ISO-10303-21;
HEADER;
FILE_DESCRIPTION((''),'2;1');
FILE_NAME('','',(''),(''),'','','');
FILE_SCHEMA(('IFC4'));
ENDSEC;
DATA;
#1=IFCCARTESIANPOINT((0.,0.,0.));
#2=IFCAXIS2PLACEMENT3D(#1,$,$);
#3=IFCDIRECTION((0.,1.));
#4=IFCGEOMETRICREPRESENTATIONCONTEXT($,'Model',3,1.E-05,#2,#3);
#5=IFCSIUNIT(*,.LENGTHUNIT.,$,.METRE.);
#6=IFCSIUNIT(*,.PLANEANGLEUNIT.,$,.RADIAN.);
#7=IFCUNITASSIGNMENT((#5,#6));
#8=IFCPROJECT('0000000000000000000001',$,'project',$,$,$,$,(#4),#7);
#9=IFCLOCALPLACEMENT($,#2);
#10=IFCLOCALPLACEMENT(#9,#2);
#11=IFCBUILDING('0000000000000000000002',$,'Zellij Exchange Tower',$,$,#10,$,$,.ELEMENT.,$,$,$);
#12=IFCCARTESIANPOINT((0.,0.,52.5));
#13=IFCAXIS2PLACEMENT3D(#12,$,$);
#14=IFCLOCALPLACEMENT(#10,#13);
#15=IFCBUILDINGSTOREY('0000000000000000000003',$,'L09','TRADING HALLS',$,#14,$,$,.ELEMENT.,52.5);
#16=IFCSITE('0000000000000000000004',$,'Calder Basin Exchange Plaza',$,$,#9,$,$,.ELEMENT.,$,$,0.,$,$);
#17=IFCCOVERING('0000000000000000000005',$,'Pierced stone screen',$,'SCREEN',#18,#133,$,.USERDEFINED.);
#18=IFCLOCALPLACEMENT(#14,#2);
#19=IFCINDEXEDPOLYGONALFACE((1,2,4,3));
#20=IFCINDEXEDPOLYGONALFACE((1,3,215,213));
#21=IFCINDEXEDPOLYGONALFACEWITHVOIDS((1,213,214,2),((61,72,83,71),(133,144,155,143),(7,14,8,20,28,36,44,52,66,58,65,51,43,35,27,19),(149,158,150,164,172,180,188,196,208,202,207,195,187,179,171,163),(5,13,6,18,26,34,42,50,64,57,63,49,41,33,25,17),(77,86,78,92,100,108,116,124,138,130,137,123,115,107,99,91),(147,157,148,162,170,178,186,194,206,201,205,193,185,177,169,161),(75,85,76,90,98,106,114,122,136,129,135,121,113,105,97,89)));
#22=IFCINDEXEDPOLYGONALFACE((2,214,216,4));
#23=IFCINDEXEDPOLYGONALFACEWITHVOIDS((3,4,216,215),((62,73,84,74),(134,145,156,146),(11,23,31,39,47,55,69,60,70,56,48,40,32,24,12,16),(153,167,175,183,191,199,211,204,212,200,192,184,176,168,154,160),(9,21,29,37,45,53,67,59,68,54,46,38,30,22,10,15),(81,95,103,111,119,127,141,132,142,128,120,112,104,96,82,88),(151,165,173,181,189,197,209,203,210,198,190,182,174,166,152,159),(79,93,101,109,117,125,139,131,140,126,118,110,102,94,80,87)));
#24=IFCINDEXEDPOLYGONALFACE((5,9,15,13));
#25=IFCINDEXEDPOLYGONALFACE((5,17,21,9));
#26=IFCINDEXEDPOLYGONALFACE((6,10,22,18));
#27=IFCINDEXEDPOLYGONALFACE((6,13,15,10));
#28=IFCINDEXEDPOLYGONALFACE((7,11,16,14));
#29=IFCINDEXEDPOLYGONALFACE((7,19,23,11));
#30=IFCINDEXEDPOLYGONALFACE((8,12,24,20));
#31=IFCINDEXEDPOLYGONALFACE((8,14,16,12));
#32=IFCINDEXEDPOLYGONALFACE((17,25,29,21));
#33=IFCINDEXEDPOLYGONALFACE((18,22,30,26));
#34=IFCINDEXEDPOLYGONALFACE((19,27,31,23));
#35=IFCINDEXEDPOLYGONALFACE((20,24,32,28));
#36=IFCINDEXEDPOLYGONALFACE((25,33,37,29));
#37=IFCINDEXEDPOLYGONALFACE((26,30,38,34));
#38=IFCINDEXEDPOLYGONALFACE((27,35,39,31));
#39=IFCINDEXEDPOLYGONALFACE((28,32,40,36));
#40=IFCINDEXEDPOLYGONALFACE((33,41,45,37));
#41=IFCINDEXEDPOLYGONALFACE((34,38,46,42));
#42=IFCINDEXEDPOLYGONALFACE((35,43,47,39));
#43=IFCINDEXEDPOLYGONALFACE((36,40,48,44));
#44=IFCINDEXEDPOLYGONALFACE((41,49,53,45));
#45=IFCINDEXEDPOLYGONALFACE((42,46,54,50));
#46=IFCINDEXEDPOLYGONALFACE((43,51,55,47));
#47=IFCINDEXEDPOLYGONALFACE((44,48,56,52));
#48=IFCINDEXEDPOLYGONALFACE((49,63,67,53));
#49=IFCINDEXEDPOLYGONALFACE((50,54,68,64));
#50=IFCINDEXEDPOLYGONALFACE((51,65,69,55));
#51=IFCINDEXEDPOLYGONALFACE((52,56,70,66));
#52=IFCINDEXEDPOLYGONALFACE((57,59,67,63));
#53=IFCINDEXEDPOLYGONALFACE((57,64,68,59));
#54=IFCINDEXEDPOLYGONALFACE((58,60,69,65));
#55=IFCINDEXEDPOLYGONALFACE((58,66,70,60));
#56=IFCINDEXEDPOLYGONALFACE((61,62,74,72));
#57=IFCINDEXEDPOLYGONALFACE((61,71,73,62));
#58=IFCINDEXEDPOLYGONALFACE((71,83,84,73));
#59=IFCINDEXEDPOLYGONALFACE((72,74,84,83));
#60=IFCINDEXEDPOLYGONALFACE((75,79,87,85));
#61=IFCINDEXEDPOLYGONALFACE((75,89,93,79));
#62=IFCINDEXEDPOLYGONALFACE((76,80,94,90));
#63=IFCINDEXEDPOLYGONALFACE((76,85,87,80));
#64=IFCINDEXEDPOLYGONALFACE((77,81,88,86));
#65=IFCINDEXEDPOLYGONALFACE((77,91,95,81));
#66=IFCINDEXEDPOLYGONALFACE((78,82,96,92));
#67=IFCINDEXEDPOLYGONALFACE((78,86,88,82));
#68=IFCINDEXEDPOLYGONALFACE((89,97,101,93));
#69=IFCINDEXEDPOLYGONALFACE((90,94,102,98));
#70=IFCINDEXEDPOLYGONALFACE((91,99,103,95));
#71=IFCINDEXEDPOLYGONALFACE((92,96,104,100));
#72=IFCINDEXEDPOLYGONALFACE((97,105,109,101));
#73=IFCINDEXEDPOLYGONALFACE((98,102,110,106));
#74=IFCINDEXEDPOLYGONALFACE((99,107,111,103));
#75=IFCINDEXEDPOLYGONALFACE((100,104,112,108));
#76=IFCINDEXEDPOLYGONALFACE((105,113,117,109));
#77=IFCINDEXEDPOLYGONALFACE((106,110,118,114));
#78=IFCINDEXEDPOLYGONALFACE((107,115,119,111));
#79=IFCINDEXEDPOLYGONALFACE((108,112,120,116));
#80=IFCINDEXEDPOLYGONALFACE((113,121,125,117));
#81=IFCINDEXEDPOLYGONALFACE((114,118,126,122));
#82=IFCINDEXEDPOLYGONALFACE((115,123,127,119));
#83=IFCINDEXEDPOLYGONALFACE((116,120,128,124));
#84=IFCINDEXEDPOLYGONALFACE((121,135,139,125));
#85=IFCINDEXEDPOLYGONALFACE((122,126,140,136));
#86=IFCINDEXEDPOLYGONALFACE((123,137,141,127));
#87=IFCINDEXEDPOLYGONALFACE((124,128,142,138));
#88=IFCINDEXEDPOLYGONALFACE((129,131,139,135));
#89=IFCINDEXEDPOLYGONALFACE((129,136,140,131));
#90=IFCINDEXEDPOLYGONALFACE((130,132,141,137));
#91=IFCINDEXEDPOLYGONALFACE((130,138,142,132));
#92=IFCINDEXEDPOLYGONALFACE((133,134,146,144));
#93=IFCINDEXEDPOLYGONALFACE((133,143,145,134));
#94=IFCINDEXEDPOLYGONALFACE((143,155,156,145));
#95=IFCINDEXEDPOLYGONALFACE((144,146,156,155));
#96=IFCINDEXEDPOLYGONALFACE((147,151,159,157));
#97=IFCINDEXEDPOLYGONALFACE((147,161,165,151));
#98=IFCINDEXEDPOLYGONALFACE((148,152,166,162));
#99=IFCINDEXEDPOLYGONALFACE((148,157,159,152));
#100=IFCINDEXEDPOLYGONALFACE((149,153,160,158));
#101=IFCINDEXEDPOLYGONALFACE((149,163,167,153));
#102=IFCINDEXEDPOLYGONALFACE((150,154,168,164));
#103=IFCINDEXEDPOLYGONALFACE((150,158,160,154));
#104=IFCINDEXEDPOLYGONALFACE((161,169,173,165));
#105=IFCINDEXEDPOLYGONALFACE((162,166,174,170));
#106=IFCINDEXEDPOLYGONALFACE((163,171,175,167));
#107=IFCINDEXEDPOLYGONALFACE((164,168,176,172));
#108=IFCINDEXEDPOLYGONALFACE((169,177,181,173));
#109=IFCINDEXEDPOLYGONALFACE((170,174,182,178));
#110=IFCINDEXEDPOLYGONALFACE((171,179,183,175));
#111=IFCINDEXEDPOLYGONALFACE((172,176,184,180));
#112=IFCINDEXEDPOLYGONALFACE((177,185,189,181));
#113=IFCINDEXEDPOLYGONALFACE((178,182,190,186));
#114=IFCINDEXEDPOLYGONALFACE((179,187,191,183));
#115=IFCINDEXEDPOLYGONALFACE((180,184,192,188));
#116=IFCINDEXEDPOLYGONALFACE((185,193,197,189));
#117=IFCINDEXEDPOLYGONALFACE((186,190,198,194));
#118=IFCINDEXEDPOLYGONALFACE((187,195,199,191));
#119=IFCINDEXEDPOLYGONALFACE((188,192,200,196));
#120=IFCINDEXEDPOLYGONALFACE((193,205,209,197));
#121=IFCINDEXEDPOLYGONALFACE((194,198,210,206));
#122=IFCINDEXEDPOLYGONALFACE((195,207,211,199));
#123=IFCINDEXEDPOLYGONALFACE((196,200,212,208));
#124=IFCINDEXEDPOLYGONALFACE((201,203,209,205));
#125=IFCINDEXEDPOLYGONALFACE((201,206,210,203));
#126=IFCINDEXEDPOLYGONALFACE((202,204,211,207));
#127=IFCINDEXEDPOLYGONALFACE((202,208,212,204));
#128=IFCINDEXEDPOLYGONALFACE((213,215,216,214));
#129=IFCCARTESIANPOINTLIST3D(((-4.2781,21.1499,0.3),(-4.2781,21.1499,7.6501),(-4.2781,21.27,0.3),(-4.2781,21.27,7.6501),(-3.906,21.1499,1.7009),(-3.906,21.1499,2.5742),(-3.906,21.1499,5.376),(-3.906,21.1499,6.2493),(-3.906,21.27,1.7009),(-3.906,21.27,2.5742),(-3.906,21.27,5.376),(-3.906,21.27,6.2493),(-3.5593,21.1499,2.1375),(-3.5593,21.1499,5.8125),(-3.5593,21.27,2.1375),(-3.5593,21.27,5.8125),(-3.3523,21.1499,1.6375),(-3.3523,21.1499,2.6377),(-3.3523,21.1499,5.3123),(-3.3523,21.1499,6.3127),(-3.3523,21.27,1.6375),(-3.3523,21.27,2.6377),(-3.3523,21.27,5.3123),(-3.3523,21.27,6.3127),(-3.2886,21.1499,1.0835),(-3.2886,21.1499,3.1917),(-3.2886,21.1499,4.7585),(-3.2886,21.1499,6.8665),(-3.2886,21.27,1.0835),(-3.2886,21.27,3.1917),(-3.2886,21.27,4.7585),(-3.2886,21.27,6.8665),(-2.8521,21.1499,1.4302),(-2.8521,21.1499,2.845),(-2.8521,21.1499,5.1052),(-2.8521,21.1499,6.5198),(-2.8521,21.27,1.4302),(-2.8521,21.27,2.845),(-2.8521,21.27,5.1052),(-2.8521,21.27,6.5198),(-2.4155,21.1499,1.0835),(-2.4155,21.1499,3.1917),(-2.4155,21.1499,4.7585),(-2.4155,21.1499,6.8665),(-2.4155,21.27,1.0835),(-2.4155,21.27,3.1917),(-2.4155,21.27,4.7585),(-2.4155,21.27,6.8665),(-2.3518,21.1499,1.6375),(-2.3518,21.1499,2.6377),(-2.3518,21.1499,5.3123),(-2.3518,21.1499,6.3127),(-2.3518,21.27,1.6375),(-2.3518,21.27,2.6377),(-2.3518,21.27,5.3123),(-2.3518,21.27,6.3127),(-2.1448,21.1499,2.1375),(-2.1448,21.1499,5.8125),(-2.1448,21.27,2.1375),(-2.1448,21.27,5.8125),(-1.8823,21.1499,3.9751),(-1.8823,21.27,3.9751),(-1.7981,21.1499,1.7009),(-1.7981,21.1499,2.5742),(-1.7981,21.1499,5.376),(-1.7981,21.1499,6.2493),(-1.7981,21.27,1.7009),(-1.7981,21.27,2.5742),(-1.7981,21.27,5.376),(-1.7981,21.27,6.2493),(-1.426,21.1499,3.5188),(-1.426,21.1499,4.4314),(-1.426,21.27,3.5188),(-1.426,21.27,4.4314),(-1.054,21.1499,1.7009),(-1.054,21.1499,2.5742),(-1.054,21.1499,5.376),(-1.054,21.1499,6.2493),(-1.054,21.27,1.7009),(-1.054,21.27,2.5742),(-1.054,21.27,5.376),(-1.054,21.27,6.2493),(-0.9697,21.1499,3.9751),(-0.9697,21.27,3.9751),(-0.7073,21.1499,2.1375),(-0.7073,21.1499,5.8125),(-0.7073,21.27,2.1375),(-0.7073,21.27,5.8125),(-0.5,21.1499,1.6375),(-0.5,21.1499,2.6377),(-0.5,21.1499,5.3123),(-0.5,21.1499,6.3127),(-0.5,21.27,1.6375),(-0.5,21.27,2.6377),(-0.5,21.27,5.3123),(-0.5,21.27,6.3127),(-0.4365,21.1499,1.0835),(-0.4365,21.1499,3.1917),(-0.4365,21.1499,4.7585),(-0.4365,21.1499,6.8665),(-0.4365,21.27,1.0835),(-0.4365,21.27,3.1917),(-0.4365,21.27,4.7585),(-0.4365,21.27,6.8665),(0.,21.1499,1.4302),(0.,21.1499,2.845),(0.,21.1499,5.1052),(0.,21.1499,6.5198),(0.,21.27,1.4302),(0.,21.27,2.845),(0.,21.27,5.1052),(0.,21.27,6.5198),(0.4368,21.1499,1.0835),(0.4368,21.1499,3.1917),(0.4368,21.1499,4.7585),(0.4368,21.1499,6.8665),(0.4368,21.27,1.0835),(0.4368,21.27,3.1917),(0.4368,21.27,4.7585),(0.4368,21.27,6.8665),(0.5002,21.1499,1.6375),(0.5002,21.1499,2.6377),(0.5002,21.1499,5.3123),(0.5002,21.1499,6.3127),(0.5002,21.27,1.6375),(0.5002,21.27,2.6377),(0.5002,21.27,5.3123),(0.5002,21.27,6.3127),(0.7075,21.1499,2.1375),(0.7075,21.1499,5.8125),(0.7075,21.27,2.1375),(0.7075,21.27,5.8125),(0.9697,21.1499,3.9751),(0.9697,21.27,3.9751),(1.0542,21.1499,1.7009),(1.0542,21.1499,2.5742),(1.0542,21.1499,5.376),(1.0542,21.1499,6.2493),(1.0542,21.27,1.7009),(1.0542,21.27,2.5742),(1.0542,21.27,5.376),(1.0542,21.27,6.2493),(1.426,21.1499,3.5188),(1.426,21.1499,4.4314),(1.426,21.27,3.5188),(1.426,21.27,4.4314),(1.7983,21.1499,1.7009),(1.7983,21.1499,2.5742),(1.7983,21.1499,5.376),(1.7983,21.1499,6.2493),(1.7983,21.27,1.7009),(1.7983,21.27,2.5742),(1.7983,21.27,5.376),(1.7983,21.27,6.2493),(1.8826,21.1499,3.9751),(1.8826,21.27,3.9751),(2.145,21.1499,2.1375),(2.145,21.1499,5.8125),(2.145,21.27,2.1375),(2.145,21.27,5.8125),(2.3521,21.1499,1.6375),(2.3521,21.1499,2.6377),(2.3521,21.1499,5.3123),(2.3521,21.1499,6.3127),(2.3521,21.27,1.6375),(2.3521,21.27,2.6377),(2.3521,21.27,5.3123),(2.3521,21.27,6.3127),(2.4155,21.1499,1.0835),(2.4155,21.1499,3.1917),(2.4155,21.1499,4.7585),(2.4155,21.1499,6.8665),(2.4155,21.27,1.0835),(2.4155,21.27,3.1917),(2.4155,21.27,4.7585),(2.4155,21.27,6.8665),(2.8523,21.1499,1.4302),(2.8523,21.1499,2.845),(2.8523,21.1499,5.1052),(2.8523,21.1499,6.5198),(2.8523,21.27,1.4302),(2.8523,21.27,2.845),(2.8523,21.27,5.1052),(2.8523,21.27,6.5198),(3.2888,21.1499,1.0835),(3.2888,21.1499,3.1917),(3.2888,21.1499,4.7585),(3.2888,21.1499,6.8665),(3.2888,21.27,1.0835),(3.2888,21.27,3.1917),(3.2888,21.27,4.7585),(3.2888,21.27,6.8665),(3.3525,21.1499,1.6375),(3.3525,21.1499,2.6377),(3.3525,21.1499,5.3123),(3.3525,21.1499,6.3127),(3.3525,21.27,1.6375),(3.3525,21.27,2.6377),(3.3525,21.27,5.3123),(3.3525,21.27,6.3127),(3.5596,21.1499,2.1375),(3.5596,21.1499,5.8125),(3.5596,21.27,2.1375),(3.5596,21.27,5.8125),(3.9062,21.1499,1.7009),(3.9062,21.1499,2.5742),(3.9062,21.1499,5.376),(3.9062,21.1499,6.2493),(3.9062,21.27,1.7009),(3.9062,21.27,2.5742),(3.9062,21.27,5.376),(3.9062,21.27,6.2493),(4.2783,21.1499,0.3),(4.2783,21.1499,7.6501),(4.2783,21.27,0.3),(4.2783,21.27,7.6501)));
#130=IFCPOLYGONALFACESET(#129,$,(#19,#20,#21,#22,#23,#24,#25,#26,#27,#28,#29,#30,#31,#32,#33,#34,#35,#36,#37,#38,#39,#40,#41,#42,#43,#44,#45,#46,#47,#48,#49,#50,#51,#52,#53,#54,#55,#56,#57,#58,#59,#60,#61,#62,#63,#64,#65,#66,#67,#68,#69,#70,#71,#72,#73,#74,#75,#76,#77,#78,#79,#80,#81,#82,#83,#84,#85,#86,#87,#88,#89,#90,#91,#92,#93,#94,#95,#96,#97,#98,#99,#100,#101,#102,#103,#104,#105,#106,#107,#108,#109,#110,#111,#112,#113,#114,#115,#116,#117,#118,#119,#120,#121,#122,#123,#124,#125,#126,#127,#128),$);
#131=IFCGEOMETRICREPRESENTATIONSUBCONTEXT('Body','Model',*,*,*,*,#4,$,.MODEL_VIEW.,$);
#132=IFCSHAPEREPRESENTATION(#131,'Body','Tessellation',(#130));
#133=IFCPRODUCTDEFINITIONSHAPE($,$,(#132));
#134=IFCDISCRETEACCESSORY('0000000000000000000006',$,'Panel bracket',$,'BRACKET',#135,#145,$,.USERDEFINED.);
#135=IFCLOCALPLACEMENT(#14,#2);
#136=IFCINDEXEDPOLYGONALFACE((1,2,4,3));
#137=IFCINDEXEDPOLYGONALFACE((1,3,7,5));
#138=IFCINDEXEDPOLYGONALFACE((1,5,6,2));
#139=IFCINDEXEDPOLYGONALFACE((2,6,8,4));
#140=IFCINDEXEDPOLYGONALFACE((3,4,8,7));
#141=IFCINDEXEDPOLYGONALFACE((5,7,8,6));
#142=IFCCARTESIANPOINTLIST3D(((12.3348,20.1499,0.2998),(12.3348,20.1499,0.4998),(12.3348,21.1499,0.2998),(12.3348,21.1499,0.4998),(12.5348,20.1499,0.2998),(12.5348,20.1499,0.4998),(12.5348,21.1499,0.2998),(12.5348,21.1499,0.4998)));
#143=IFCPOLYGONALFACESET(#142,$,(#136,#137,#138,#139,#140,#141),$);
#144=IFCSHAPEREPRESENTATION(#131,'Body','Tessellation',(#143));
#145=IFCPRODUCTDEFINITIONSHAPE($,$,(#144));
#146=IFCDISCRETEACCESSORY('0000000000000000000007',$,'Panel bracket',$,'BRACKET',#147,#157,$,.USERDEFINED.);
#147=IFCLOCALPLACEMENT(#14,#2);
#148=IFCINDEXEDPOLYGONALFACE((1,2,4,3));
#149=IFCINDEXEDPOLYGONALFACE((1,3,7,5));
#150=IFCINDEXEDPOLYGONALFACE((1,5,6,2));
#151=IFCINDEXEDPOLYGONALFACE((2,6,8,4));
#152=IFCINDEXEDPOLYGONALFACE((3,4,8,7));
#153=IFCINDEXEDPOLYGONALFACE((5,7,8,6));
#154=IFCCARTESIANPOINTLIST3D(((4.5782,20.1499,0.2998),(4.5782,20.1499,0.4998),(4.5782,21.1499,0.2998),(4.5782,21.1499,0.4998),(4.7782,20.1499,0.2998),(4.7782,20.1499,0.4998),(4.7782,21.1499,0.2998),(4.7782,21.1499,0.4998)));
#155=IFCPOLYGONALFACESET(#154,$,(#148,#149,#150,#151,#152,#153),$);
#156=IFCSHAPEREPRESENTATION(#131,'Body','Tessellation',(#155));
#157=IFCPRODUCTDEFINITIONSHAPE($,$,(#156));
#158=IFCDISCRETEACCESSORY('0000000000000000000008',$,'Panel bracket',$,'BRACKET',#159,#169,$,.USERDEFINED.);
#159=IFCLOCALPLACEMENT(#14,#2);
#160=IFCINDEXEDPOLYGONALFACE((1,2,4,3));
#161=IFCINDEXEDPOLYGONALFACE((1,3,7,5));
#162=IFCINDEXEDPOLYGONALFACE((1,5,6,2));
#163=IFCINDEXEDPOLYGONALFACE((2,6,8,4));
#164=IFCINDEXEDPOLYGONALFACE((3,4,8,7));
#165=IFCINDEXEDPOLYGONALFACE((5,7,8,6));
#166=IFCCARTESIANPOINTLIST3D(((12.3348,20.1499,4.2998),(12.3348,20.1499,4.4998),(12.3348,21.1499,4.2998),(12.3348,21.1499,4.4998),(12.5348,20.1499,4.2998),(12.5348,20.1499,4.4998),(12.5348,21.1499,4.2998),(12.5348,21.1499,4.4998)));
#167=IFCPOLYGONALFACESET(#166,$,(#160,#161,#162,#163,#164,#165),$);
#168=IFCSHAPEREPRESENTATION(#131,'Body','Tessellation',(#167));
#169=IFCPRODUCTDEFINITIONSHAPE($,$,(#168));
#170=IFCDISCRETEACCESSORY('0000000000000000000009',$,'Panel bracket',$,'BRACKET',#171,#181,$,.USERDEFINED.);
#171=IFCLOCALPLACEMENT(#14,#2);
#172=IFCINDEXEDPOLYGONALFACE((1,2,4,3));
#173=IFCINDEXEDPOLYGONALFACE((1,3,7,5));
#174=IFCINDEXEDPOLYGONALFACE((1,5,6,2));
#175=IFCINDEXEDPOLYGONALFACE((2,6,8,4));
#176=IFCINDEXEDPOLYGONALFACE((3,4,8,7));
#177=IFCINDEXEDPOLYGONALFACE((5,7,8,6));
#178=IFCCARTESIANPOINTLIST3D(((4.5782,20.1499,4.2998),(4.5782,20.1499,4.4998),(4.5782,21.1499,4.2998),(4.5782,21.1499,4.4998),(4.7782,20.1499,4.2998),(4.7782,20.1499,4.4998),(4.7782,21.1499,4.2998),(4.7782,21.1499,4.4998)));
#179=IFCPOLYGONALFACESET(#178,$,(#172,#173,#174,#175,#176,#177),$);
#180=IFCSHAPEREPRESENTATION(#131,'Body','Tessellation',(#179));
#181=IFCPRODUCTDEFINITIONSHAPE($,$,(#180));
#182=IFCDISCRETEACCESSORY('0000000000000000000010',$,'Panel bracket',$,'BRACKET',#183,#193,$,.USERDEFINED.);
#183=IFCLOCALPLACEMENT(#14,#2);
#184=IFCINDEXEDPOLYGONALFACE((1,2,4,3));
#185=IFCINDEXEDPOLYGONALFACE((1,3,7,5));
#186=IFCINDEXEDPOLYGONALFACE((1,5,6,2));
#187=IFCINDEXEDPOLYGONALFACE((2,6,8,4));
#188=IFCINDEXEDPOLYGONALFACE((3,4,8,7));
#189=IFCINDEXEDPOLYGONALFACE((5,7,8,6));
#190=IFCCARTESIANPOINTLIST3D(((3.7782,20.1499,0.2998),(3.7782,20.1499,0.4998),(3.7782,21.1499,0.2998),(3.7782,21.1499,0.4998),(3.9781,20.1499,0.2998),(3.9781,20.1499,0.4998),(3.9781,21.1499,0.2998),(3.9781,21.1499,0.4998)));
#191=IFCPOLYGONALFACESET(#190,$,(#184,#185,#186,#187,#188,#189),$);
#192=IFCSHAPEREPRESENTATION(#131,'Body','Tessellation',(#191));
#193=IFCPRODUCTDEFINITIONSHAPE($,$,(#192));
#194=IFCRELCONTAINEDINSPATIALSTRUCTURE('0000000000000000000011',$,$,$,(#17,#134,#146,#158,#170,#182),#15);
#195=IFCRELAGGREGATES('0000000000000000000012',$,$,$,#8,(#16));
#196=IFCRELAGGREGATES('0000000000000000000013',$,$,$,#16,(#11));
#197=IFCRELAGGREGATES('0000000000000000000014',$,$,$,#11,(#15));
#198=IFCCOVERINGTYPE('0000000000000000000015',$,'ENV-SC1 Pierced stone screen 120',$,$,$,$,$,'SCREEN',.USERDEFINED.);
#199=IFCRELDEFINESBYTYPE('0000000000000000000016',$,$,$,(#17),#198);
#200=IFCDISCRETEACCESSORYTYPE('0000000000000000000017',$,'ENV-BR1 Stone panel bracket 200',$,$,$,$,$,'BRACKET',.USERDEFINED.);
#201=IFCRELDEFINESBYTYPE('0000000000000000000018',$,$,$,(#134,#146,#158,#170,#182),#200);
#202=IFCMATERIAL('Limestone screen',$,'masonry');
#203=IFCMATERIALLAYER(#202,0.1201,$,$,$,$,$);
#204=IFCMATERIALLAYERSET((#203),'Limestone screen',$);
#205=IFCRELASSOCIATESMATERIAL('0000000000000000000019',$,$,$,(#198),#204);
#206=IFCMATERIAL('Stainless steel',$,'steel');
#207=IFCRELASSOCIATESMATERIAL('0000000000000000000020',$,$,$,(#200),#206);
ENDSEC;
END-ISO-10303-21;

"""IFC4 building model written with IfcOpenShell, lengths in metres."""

from ifc_helpers import new_model, si_unit, direction, frame, origin, origin_2d, place, context, subcontext, project, spatial, polyline, rectangle, outline, extrude, material, layer, layer_set, type_object, element, save


model = new_model("IFC4")

# Units and contexts
model_context = context("Model", 3, precision=1e-05, world=origin(), true_north=direction((0.0, 1.0)))
body_context = subcontext(model_context, "Body", "Model", "MODEL_VIEW")
ifc_project = project(units=[si_unit("LENGTHUNIT", "METRE"), si_unit("PLANEANGLEUNIT", "RADIAN")], contexts=[model_context])

# Site, building, storey
site_placement = place(None, origin())
site = spatial("IfcSite", under=ifc_project, at=site_placement, Name="Calder Basin Exchange Plaza", CompositionType="ELEMENT", RefElevation=0.0)
building_placement = place(site_placement, origin())
building = spatial("IfcBuilding", under=site, at=building_placement, Name="Zellij Exchange Tower", CompositionType="ELEMENT")
storey_placement = place(building_placement, frame((0.0, 0.0, 52.5)))
storey = spatial("IfcBuildingStorey", under=building, at=storey_placement, Name="L09", Description="TRADING HALLS", CompositionType="ELEMENT", Elevation=52.5)

# Covering
ifc_material_1 = material(Name="Limestone screen", Category="masonry")
ifc_layer_1 = layer(ifc_material_1, 0.1201)
ifc_layer_set_1 = layer_set([ifc_layer_1], Name="Limestone screen")
covering_type_1 = type_object("IfcCoveringType", Name="ENV-SC1 Pierced stone screen 120", ElementType="SCREEN", PredefinedType="USERDEFINED", material=ifc_layer_set_1)
covering_1_placement = place(storey_placement, frame((4.2783, 21.21, 0.3), z_axis=(0.0, 0.0, 1.0), x_axis=(-1.0, 0.0, 0.0)))
element("IfcCovering", 1, at=covering_1_placement, inside=storey, type_object=covering_type_1, Name="Pierced stone screen", ObjectType="SCREEN", PredefinedType="USERDEFINED", context=body_context, shape_type="SweptSolid", body=[
    extrude(outline(polyline([(0.0, 0.0), (8.5564, 0.0), (8.5564, 7.3501), (0.0, 7.3501), (0.0, 0.0)]), holes=[polyline([(2.48, 2.2742), (1.9263, 2.3376), (1.8628, 2.8916), (1.426, 2.5449), (0.9895, 2.8916), (0.9258, 2.3376), (0.3721, 2.2742), (0.7188, 1.8374), (0.3721, 1.4009), (0.9258, 1.3374), (0.9895, 0.7834), (1.426, 1.1301), (1.8628, 0.7834), (1.9263, 1.3374), (2.48, 1.4009), (2.1333, 1.8374), (2.48, 2.2742)]), polyline([(2.48, 5.9492), (1.9263, 6.0127), (1.8628, 6.5664), (1.426, 6.2197), (0.9895, 6.5664), (0.9258, 6.0127), (0.3721, 5.9492), (0.7188, 5.5125), (0.3721, 5.0759), (0.9258, 5.0122), (0.9895, 4.4585), (1.426, 4.8052), (1.8628, 4.4585), (1.9263, 5.0122), (2.48, 5.0759), (2.1333, 5.5125), (2.48, 5.9492)]), polyline([(5.3323, 2.2742), (4.7783, 2.3376), (4.7148, 2.8916), (4.2783, 2.5449), (3.8416, 2.8916), (3.7781, 2.3376), (3.2241, 2.2742), (3.5708, 1.8374), (3.2241, 1.4009), (3.7781, 1.3374), (3.8416, 0.7834), (4.2783, 1.1301), (4.7148, 0.7834), (4.7783, 1.3374), (5.3323, 1.4009), (4.9856, 1.8374), (5.3323, 2.2742)]), polyline([(5.3323, 5.9492), (4.7783, 6.0127), (4.7148, 6.5664), (4.2783, 6.2197), (3.8416, 6.5664), (3.7781, 6.0127), (3.2241, 5.9492), (3.5708, 5.5125), (3.2241, 5.0759), (3.7781, 5.0122), (3.8416, 4.4585), (4.2783, 4.8052), (4.7148, 4.4585), (4.7783, 5.0122), (5.3323, 5.0759), (4.9856, 5.5125), (5.3323, 5.9492)]), polyline([(8.1843, 2.2742), (7.6306, 2.3376), (7.5669, 2.8916), (7.1304, 2.5449), (6.6938, 2.8916), (6.6301, 2.3376), (6.0764, 2.2742), (6.4231, 1.8374), (6.0764, 1.4009), (6.6301, 1.3374), (6.6938, 0.7834), (7.1304, 1.1301), (7.5669, 0.7834), (7.6306, 1.3374), (8.1843, 1.4009), (7.8376, 1.8374), (8.1843, 2.2742)]), polyline([(8.1843, 5.9492), (7.6306, 6.0127), (7.5669, 6.5664), (7.1304, 6.2197), (6.6938, 6.5664), (6.6301, 6.0127), (6.0764, 5.9492), (6.4231, 5.5125), (6.0764, 5.0759), (6.6301, 5.0122), (6.6938, 4.4585), (7.1304, 4.8052), (7.5669, 4.4585), (7.6306, 5.0122), (8.1843, 5.0759), (7.8376, 5.5125), (8.1843, 5.9492)]), polyline([(3.3086, 3.675), (2.8523, 4.1313), (2.3958, 3.675), (2.8523, 3.2188), (3.3086, 3.675)]), polyline([(6.1606, 3.675), (5.7043, 4.1313), (5.248, 3.675), (5.7043, 3.2188), (6.1606, 3.675)])]), frame((0.0, 0.0601, 0.0), z_axis=(0.0, -1.0, 0.0), x_axis=(1.0, 0.0, 0.0)), (0.0, 0.0, 1.0), 0.1201),
])

# Discrete accessories
ifc_material_2 = material(Name="Stainless steel", Category="steel")
discrete_accessory_type = type_object("IfcDiscreteAccessoryType", Name="ENV-BR1 Stone panel bracket 200", ElementType="BRACKET", PredefinedType="USERDEFINED", material=ifc_material_2)
for number, where, z_axis, x_axis, name in (
    (2, (12.4348, 20.6499, 0.2998), (0.0, 0.0, 1.0), (-1.0, 0.0, 0.0), "Panel bracket"),
    (3, (4.6782, 20.6499, 0.2998), (0.0, 0.0, 1.0), (-1.0, 0.0, 0.0), "Panel bracket"),
    (4, (12.4348, 20.6499, 4.2998), (0.0, 0.0, 1.0), (-1.0, 0.0, 0.0), "Panel bracket"),
    (5, (4.6782, 20.6499, 4.2998), (0.0, 0.0, 1.0), (-1.0, 0.0, 0.0), "Panel bracket"),
    (6, (3.8782, 20.6499, 0.2998), (0.0, 0.0, 1.0), (-1.0, 0.0, 0.0), "Panel bracket"),
):
    element("IfcDiscreteAccessory", number, at=place(storey_placement, frame(where, z_axis=z_axis, x_axis=x_axis)), inside=storey, type_object=discrete_accessory_type, Name=name, ObjectType="BRACKET", PredefinedType="USERDEFINED", context=body_context, shape_type="SweptSolid", body=[
        extrude(rectangle(XDim=0.2, YDim=1.0, at=origin_2d()), origin(), (0.0, 0.0, 1.0), 0.2),
    ])

save(model, "model.ifc")
